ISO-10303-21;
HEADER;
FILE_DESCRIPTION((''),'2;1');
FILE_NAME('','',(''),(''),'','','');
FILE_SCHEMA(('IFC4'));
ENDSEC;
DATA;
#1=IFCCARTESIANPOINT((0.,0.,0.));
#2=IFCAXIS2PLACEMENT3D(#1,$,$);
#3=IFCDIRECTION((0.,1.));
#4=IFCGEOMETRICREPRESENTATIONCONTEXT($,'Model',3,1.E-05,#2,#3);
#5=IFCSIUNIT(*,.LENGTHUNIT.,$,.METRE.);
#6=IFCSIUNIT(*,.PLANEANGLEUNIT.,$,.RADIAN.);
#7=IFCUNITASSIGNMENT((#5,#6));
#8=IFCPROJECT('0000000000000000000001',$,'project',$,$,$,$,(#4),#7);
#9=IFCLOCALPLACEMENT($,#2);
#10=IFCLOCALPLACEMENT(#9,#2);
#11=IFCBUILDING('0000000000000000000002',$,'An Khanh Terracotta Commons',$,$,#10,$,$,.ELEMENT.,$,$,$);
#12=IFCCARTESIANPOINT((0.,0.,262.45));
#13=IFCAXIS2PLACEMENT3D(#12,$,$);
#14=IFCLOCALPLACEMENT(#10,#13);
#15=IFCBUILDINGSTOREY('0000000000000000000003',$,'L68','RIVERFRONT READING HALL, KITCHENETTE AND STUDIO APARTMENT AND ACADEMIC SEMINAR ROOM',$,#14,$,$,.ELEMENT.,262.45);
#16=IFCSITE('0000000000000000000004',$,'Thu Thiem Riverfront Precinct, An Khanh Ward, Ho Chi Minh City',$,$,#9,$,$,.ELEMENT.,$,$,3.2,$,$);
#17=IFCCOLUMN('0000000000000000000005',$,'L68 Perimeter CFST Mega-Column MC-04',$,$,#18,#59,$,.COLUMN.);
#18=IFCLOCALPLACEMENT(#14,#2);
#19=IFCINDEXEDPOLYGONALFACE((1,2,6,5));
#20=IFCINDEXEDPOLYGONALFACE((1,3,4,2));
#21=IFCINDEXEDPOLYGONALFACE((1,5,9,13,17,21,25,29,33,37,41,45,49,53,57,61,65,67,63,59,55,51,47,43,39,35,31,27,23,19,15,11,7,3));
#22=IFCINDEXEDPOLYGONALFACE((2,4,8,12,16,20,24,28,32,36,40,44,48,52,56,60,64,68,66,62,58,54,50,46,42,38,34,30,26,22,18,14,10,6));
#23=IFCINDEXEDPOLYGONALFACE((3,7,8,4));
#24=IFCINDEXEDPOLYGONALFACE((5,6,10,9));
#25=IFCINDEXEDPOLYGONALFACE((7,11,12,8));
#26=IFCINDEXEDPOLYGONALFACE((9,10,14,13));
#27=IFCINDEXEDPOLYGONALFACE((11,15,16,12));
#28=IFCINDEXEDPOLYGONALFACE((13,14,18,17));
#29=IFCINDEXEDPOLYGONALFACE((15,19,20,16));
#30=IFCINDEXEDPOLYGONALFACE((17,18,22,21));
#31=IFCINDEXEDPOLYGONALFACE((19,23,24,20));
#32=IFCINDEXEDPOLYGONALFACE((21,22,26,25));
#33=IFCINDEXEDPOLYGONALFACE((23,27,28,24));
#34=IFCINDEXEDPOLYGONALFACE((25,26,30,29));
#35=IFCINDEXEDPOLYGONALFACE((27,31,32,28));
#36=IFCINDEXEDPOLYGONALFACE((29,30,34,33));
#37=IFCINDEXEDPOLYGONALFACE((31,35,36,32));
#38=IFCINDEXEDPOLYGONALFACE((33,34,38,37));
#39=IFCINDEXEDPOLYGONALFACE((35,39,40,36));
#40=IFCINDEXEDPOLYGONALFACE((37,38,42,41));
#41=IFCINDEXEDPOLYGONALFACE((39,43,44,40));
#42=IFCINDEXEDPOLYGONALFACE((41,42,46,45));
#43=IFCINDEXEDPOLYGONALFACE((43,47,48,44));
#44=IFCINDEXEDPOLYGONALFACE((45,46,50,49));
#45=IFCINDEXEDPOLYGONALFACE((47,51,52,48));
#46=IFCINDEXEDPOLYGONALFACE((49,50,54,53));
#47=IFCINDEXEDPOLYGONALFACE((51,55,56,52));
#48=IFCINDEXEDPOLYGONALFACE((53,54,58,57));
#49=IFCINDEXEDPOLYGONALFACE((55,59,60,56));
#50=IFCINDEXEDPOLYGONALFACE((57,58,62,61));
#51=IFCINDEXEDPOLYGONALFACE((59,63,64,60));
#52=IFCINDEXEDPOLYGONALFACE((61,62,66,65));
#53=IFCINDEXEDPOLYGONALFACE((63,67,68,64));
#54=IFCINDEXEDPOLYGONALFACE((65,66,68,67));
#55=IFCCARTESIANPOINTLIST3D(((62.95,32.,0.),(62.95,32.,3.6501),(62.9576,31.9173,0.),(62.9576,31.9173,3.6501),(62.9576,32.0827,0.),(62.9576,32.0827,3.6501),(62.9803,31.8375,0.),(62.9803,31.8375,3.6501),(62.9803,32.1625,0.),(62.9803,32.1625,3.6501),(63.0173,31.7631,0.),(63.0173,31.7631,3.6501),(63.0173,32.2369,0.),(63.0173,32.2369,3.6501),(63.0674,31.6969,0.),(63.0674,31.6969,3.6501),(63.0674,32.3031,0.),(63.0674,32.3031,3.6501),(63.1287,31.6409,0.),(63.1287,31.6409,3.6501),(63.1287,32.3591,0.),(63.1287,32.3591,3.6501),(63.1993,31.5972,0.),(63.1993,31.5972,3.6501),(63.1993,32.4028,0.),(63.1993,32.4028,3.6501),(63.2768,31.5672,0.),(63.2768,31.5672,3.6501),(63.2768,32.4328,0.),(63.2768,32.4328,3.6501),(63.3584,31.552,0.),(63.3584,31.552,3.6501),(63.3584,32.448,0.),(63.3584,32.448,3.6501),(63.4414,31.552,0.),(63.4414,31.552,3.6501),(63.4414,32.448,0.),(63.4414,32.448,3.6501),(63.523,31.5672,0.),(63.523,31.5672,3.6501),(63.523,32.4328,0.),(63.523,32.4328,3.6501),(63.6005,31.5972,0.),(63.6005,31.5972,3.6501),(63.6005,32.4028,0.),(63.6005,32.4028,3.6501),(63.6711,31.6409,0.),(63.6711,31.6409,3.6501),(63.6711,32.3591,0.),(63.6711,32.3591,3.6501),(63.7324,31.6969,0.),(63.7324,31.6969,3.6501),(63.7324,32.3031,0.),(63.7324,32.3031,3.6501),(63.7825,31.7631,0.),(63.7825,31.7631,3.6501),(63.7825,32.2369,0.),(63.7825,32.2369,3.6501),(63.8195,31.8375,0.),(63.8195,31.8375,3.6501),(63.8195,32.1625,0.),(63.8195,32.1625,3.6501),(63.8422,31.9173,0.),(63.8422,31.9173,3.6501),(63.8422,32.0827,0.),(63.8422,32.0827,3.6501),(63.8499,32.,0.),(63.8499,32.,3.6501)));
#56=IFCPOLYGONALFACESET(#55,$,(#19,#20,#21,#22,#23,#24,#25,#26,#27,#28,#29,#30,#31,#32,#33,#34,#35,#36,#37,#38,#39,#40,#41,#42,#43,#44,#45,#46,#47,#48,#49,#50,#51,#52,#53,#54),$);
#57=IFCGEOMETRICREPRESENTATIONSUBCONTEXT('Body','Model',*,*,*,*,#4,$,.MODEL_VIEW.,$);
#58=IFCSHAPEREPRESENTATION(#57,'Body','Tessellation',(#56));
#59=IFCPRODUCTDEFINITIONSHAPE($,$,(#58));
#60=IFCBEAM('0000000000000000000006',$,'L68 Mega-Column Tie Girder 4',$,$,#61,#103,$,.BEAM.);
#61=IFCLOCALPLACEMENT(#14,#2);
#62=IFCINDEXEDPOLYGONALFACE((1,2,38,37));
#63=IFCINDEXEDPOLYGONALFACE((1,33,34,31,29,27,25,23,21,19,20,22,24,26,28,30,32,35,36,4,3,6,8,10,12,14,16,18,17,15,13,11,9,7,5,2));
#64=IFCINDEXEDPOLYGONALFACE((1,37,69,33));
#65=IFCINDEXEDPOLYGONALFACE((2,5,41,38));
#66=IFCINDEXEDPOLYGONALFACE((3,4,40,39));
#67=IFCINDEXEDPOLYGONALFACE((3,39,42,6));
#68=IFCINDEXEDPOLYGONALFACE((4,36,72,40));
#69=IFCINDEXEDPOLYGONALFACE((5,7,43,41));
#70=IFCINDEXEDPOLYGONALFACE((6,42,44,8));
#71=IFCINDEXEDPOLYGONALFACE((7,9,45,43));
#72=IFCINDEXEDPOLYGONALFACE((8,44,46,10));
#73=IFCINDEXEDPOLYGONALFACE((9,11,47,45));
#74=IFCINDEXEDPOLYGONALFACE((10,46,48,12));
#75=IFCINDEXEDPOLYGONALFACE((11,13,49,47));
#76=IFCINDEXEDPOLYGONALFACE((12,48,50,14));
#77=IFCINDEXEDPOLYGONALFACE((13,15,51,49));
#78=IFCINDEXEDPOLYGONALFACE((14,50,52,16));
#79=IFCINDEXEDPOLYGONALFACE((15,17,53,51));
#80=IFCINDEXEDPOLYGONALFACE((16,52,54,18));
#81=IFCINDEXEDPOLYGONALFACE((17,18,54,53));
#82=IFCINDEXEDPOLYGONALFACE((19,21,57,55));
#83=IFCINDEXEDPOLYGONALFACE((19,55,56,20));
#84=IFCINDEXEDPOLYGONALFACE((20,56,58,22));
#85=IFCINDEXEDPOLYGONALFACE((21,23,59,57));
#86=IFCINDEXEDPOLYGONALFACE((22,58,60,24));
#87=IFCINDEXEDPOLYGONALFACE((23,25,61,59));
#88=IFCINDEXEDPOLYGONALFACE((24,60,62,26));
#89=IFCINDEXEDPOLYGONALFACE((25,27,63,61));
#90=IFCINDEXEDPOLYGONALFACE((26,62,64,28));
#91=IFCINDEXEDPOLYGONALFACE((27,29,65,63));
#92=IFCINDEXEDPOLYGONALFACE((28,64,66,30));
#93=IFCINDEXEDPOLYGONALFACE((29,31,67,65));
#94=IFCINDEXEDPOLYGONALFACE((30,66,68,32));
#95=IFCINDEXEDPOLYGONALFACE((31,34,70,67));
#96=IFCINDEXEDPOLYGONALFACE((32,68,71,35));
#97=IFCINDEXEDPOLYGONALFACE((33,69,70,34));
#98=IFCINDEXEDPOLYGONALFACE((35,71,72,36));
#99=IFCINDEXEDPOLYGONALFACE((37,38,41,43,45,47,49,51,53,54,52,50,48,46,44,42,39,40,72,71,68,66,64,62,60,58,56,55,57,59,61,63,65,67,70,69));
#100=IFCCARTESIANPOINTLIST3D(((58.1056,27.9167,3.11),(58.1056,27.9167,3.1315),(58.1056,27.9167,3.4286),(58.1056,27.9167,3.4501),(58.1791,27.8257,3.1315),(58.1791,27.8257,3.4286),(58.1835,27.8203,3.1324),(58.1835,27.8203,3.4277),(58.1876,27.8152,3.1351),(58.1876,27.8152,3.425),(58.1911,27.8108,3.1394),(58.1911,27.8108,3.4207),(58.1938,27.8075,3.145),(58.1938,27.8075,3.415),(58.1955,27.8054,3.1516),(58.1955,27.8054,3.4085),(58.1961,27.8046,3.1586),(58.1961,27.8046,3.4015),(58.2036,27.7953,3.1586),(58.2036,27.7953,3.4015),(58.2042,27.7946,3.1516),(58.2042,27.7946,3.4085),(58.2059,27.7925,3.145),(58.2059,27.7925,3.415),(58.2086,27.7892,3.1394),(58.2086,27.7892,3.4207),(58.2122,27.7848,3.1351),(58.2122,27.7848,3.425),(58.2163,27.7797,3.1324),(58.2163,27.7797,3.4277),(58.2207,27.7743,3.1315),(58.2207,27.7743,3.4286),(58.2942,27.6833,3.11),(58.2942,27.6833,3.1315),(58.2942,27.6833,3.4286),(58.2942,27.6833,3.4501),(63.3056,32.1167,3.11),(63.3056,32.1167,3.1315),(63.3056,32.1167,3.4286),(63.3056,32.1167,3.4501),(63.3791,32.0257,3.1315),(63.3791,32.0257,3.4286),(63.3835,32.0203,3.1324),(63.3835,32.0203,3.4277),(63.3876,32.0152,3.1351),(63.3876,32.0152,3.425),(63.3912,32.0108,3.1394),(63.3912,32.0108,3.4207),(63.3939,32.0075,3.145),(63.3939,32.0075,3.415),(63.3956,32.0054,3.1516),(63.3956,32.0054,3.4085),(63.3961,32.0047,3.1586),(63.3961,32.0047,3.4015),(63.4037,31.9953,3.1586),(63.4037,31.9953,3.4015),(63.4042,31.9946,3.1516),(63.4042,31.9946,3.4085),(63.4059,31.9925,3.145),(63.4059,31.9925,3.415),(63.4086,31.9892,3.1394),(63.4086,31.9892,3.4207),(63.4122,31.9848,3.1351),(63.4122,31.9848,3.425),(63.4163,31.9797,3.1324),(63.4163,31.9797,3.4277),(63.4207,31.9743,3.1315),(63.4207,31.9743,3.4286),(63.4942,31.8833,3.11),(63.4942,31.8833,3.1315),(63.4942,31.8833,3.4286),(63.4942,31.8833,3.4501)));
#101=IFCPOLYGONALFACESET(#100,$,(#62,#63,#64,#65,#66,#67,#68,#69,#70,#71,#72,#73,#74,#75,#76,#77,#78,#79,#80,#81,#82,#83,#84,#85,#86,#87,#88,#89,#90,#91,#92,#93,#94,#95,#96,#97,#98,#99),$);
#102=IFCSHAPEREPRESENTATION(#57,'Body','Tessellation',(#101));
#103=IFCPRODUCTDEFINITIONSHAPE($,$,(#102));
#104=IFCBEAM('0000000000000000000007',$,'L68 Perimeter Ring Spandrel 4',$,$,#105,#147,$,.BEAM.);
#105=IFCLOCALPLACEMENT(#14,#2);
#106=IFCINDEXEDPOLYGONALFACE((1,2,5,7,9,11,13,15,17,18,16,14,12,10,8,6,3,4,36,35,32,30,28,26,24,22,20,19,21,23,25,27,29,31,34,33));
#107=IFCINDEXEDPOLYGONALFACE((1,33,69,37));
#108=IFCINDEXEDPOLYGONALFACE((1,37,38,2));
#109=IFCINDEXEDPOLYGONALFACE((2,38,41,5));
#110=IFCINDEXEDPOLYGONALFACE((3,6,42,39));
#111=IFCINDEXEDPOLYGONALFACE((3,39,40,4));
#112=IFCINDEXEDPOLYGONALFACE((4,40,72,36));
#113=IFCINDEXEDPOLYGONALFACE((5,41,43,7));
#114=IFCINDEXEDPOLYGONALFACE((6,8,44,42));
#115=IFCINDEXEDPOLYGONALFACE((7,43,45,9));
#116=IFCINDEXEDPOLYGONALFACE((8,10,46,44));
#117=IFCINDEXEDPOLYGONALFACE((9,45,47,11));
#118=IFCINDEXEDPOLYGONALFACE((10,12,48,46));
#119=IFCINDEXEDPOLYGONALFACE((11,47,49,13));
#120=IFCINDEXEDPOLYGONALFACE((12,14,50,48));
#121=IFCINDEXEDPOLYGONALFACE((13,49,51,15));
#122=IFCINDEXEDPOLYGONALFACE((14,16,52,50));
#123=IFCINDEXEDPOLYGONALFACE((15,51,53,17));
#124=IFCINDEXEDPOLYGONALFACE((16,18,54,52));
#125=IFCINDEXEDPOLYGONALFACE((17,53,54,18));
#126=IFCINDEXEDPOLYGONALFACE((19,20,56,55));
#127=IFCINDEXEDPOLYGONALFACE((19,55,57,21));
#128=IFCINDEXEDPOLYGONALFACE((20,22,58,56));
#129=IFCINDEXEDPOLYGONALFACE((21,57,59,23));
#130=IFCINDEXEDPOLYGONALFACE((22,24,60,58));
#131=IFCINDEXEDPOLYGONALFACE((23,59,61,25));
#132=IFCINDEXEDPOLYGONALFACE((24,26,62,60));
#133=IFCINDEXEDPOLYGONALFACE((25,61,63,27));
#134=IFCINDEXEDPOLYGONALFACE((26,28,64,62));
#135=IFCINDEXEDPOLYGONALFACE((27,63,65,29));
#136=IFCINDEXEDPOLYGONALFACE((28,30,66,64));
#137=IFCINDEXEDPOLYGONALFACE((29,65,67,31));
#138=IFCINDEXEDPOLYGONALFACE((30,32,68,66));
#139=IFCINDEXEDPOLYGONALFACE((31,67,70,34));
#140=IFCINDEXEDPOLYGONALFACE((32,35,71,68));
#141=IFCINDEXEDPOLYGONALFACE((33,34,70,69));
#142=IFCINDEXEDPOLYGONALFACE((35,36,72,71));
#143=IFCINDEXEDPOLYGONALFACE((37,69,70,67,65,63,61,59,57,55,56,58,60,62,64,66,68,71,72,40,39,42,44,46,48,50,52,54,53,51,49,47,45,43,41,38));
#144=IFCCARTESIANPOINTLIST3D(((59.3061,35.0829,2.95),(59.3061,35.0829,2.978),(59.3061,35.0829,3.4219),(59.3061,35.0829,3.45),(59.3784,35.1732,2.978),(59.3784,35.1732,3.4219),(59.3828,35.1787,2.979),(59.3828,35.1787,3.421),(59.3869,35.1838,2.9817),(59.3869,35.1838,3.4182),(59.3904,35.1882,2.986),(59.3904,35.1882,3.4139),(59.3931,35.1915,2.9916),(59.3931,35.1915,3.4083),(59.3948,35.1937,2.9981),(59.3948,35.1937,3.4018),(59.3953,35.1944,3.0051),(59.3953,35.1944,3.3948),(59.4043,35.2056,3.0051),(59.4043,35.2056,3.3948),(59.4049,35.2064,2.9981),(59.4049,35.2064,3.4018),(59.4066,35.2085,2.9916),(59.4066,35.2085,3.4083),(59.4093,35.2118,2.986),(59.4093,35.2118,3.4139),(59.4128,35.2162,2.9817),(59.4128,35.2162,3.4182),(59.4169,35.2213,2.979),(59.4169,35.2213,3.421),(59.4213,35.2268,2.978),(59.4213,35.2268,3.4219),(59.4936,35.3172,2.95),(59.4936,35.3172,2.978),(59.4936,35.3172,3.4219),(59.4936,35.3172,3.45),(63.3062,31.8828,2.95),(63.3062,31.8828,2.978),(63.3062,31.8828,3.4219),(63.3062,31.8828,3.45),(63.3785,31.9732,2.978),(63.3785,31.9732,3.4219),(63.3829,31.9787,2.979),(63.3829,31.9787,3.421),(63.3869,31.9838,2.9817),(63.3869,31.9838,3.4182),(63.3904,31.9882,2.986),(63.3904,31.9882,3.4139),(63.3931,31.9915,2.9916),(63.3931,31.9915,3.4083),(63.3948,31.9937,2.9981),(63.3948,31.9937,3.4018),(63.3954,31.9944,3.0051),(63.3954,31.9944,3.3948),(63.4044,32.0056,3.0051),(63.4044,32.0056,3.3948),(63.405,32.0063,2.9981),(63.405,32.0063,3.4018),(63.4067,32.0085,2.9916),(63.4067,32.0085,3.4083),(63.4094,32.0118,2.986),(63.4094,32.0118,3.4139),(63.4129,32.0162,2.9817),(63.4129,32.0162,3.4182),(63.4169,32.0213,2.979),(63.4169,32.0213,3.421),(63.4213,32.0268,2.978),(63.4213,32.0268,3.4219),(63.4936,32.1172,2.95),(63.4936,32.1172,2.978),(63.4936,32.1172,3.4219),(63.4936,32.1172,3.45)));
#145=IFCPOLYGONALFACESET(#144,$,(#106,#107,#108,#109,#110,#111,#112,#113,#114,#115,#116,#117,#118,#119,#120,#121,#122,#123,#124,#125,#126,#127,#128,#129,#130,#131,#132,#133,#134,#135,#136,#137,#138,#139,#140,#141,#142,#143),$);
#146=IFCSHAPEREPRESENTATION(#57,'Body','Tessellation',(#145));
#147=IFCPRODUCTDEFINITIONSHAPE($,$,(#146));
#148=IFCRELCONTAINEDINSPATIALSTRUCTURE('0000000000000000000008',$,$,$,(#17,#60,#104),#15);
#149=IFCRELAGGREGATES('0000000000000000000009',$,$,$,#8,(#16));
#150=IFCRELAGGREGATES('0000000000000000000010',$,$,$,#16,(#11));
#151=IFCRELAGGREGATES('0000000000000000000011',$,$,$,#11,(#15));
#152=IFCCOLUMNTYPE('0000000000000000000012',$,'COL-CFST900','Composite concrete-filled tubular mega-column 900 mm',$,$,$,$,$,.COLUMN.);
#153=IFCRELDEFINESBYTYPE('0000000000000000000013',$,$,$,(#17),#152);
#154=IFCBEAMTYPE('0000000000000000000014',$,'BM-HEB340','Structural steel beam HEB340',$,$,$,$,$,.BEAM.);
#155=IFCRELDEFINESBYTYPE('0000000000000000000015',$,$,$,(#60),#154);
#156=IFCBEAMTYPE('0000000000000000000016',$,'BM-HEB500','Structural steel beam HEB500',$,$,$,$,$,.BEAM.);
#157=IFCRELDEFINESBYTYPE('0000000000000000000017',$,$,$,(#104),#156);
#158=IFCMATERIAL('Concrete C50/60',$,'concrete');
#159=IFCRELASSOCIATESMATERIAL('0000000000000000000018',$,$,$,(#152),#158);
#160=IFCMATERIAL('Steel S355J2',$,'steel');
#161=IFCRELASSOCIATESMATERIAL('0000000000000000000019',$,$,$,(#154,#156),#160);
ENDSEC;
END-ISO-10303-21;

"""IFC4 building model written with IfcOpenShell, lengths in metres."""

from ifc_helpers import new_model, si_unit, direction, frame, origin, origin_2d, place, context, subcontext, project, spatial, circle, i_section, extrude, material, material_profile, profile_set, type_object, element, save


model = new_model("IFC4")

# Units and contexts
model_context = context("Model", 3, precision=1e-05, world=origin(), true_north=direction((0.0, 1.0)))
body_context = subcontext(model_context, "Body", "Model", "MODEL_VIEW")
ifc_project = project(units=[si_unit("LENGTHUNIT", "METRE"), si_unit("PLANEANGLEUNIT", "RADIAN")], contexts=[model_context])

# Site, building, storey
site_placement = place(None, origin())
site = spatial("IfcSite", under=ifc_project, at=site_placement, Name="Thu Thiem Riverfront Precinct, An Khanh Ward, Ho Chi Minh City", CompositionType="ELEMENT", RefElevation=3.2)
building_placement = place(site_placement, origin())
building = spatial("IfcBuilding", under=site, at=building_placement, Name="An Khanh Terracotta Commons", CompositionType="ELEMENT")
storey_placement = place(building_placement, frame((0.0, 0.0, 262.45)))
storey = spatial("IfcBuildingStorey", under=building, at=storey_placement, Name="L68", Description="RIVERFRONT READING HALL, KITCHENETTE AND STUDIO APARTMENT AND ACADEMIC SEMINAR ROOM", CompositionType="ELEMENT", Elevation=262.45)

# Column
ifc_material_1 = material(Name="Concrete C50/60", Category="concrete")
ifc_material_profile_1 = material_profile(ifc_material_1, circle(Radius=0.45, at=origin_2d()), Name="CFST900")
ifc_profile_set_1 = profile_set([ifc_material_profile_1], Name="Concrete C50/60")
column_type = type_object("IfcColumnType", Name="COL-CFST900", Description="Composite concrete-filled tubular mega-column 900 mm", PredefinedType="COLUMN", material=ifc_profile_set_1)
column_placement = place(storey_placement, frame((63.3999, 32.0, 0.0), z_axis=(0.0, 0.0, 1.0), x_axis=(1.0, 0.0, 0.0)))
element("IfcColumn", 1, at=column_placement, inside=storey, type_object=column_type, Name="L68 Perimeter CFST Mega-Column MC-04", PredefinedType="COLUMN", context=body_context, shape_type="SweptSolid", body=[
    extrude(circle(Radius=0.45, at=origin_2d()), origin(), (0.0, 0.0, 1.0), 3.6501),
])

# Beams
ifc_material_2 = material(Name="Steel S355J2", Category="steel")
ifc_material_profile_2 = material_profile(ifc_material_2, i_section(OverallWidth=0.3, OverallDepth=0.3401, WebThickness=0.012, FlangeThickness=0.0215, FilletRadius=0.0271, at=origin_2d()), Name="HEB340")
ifc_profile_set_2 = profile_set([ifc_material_profile_2], Name="Steel S355J2")
beam_type_1 = type_object("IfcBeamType", Name="BM-HEB340", Description="Structural steel beam HEB340", PredefinedType="BEAM", material=ifc_profile_set_2)
beam_1_placement = place(storey_placement, frame((63.3999, 32.0, 3.28), z_axis=(-0.777942, -0.628336, 0.0), x_axis=(0.628336, -0.777942, 0.0)))
element("IfcBeam", 2, at=beam_1_placement, inside=storey, type_object=beam_type_1, Name="L68 Mega-Column Tie Girder 4", PredefinedType="BEAM", context=body_context, shape_type="SweptSolid", body=[
    extrude(i_section(OverallWidth=0.3, OverallDepth=0.3401, WebThickness=0.012, FlangeThickness=0.0215, FilletRadius=0.0271, at=origin_2d()), origin(), (0.0, 0.0, 1.0), 6.6843),
])
ifc_material_profile_3 = material_profile(ifc_material_2, i_section(OverallWidth=0.3, OverallDepth=0.5, WebThickness=0.0144, FlangeThickness=0.0281, FilletRadius=0.0271, at=origin_2d()), Name="HEB500")
ifc_profile_set_3 = profile_set([ifc_material_profile_3], Name="Steel S355J2")
beam_type_2 = type_object("IfcBeamType", Name="BM-HEB500", Description="Structural steel beam HEB500", PredefinedType="BEAM", material=ifc_profile_set_3)
beam_2_placement = place(storey_placement, frame((63.3999, 32.0, 3.2), z_axis=(-0.780873, 0.624689, 0.0), x_axis=(-0.624689, -0.780873, 0.0)))
element("IfcBeam", 3, at=beam_2_placement, inside=storey, type_object=beam_type_2, Name="L68 Perimeter Ring Spandrel 4", PredefinedType="BEAM", context=body_context, shape_type="SweptSolid", body=[
    extrude(i_section(OverallWidth=0.3, OverallDepth=0.5, WebThickness=0.0144, FlangeThickness=0.0281, FilletRadius=0.0271, at=origin_2d()), origin(), (0.0, 0.0, 1.0), 5.1226),
])

save(model, "model.ifc")
